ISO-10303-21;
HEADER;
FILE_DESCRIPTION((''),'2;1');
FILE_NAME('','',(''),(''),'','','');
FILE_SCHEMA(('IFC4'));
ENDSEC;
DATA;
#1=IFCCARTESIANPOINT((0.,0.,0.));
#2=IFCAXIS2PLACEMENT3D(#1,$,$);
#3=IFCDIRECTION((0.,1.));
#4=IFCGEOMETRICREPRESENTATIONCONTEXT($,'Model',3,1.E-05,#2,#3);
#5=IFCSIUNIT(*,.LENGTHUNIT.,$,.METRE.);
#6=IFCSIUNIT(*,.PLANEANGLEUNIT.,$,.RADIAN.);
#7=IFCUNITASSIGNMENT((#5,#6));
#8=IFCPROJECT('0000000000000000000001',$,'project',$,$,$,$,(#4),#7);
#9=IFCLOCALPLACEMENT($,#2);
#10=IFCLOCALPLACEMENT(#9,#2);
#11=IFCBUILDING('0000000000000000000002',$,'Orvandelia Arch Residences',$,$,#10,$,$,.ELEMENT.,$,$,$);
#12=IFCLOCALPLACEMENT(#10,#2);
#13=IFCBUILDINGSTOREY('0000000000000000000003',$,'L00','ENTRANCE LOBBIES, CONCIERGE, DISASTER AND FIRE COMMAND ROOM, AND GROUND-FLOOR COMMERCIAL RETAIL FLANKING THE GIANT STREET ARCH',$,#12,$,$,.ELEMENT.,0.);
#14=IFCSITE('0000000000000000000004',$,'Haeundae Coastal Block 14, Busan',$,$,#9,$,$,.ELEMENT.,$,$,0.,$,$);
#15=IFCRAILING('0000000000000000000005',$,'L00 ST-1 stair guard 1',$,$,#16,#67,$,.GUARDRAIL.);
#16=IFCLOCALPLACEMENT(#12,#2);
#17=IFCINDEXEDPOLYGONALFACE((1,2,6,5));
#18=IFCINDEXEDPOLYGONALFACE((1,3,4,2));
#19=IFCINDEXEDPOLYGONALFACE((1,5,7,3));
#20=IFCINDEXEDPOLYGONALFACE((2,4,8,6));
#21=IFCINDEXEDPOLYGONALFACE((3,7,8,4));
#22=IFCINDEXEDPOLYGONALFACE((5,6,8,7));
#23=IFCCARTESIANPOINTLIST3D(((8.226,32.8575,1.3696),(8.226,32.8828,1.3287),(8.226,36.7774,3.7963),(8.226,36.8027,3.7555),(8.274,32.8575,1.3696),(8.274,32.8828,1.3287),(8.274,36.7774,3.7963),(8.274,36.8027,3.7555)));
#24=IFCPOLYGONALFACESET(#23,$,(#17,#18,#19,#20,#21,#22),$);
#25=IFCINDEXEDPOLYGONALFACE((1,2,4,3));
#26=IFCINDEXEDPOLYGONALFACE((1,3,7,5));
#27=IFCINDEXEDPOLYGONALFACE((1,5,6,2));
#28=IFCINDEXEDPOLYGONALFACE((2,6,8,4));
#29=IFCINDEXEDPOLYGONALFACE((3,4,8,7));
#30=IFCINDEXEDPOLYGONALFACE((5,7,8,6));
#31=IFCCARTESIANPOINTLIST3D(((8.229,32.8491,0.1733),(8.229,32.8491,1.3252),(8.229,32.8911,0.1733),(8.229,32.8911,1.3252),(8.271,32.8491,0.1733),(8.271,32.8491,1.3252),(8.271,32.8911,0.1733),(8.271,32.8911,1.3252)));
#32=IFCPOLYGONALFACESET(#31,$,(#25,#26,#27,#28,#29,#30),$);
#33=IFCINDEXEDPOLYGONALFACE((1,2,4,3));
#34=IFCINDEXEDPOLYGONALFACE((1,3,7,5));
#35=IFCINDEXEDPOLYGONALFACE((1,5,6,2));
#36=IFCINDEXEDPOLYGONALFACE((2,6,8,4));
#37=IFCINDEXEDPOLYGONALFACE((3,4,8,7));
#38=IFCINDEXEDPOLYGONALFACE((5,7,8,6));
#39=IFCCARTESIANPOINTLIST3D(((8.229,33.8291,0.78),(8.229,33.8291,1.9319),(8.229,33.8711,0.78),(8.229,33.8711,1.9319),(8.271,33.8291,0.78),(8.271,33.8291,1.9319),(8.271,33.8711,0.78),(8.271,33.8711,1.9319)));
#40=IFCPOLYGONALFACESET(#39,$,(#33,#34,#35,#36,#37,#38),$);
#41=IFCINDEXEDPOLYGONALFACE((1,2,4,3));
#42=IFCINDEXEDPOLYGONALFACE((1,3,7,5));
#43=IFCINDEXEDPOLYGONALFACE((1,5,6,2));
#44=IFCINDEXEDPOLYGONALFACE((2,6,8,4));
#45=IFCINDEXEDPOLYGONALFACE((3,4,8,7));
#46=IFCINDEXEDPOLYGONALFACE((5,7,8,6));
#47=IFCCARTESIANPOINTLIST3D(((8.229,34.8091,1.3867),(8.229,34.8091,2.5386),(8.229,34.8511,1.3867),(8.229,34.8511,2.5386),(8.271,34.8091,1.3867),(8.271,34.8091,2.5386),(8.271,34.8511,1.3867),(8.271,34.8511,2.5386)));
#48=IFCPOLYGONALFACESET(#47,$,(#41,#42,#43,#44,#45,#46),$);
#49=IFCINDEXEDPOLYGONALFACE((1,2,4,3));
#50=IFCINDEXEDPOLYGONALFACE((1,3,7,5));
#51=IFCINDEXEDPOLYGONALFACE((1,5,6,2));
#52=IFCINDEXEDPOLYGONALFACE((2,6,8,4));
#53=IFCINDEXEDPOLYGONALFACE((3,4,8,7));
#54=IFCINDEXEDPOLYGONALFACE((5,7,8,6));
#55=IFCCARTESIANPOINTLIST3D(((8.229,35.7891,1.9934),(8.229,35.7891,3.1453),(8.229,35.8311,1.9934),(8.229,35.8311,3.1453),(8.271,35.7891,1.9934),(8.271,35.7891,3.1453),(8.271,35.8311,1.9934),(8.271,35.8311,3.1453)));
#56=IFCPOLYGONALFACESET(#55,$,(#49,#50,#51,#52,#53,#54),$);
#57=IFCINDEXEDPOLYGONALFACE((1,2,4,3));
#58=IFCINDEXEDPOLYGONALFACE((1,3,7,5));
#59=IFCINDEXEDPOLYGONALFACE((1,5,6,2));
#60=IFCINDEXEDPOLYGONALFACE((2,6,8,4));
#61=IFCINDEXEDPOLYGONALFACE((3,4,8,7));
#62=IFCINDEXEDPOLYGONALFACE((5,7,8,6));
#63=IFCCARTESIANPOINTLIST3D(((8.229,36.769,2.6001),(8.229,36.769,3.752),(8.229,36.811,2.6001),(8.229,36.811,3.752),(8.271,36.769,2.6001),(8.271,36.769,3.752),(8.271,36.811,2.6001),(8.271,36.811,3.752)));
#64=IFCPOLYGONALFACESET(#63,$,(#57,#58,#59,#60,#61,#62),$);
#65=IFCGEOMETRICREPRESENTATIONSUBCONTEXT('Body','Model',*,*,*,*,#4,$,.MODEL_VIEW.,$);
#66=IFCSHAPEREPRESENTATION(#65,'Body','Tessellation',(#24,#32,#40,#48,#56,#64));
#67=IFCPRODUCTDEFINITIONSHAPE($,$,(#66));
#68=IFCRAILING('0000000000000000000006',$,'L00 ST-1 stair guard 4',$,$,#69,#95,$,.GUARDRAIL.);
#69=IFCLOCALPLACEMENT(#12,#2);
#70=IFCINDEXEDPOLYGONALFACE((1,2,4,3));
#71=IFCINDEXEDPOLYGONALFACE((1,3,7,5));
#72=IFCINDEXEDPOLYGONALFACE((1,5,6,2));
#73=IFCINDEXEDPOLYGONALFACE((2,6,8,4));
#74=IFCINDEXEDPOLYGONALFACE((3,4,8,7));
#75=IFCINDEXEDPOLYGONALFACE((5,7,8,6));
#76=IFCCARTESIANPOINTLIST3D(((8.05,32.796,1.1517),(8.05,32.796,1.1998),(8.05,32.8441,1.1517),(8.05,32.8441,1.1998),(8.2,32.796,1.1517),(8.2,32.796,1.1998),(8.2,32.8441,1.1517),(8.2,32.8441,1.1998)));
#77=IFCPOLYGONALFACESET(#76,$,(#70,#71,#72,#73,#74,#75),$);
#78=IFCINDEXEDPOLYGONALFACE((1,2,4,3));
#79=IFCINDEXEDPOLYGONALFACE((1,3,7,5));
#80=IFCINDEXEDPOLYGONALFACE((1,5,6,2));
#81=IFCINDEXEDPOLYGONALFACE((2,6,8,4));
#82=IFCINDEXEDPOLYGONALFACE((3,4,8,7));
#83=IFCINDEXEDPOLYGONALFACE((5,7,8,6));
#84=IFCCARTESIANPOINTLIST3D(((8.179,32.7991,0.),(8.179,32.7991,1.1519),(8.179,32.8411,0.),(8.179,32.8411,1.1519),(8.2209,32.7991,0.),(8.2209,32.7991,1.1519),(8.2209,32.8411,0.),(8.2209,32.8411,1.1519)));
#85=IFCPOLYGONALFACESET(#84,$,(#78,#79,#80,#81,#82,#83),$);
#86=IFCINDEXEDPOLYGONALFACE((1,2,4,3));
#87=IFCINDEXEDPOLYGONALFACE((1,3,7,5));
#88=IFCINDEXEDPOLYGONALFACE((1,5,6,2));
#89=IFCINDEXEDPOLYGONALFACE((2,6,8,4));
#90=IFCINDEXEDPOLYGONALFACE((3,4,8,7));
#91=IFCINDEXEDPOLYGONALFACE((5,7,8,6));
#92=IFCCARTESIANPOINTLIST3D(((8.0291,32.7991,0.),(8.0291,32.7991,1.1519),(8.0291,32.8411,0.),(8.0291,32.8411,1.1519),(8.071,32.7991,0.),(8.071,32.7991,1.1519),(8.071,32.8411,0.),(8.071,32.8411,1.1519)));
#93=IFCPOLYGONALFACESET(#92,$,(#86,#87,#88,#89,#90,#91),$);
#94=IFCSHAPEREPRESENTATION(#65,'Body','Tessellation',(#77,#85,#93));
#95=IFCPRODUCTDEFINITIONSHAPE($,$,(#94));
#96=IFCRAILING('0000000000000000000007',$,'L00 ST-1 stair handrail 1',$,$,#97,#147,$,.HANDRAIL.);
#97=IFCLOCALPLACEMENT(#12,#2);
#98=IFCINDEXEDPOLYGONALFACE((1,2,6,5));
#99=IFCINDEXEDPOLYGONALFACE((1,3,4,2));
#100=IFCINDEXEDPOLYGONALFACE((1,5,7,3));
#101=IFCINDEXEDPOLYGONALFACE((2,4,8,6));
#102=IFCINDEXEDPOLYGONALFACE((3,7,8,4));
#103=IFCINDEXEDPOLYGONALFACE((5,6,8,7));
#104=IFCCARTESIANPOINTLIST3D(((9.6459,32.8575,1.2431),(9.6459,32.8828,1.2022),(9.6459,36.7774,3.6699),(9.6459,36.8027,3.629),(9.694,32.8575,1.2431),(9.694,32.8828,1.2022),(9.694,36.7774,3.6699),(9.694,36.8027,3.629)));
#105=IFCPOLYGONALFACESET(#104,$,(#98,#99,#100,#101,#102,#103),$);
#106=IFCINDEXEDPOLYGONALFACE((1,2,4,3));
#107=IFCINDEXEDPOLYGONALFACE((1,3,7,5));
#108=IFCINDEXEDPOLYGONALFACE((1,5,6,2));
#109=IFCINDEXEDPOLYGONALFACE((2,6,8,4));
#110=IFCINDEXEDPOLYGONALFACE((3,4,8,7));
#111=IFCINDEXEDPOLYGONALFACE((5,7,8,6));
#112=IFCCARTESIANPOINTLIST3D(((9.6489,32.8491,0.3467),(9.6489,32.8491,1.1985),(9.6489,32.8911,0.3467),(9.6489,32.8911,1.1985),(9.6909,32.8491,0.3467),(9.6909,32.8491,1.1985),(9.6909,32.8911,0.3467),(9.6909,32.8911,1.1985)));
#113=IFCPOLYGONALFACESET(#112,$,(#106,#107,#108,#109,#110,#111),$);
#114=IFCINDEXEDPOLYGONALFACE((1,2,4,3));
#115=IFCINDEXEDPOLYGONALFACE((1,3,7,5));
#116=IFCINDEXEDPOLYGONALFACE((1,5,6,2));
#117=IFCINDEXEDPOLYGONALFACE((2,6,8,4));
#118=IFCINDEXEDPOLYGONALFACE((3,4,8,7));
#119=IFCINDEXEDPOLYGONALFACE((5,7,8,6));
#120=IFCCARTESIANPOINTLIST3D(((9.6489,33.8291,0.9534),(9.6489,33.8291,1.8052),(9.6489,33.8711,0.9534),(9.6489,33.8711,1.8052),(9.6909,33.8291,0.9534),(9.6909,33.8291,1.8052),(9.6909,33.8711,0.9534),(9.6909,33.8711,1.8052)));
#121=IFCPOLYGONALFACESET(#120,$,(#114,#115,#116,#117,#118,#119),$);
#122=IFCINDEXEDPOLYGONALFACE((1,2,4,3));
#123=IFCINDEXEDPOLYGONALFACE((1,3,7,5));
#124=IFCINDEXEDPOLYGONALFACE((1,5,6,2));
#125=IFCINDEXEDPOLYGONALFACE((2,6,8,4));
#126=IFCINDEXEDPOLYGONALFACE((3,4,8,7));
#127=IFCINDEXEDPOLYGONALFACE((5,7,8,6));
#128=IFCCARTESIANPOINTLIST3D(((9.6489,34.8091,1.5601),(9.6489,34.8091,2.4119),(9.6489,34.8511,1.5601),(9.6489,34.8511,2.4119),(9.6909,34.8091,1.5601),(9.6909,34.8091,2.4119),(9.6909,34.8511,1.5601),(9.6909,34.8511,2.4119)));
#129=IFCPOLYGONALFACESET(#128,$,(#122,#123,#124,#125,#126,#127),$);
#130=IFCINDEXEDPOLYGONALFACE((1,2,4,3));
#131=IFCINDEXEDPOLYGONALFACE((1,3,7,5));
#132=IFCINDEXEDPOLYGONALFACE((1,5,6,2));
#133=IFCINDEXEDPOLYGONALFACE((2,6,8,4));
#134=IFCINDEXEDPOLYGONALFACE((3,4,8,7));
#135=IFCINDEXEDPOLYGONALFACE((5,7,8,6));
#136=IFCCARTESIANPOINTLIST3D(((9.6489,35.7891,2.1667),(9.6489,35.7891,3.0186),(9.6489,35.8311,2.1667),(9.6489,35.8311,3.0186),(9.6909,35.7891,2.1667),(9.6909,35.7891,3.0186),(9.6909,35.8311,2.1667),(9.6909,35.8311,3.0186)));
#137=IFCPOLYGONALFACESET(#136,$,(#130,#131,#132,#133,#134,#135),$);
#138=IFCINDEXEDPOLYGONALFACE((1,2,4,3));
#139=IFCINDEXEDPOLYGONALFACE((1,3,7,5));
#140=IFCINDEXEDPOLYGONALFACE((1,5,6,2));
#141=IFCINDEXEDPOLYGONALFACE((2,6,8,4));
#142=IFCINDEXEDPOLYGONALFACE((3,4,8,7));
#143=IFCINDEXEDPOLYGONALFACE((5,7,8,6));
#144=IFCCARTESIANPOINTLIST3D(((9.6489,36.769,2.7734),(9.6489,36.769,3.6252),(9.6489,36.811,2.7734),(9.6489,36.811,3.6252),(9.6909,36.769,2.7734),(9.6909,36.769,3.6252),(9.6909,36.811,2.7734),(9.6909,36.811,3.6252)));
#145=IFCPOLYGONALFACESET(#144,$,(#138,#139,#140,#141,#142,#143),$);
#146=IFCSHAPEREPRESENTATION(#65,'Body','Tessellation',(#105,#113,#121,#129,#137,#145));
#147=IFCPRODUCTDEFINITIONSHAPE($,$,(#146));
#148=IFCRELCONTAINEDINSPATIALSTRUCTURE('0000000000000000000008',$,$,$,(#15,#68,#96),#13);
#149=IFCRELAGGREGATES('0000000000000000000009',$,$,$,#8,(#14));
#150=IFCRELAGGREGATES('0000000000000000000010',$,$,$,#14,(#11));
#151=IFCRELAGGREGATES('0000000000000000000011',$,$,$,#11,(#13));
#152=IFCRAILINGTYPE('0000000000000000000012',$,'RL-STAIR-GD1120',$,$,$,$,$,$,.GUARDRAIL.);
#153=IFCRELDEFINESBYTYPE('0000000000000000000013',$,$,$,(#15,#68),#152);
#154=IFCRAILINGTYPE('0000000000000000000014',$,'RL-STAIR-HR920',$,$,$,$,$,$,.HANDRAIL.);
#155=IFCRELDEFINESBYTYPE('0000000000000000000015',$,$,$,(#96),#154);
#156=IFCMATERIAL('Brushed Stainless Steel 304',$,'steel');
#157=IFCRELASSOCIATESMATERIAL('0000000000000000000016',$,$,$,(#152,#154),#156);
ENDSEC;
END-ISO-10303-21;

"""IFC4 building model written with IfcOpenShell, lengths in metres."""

from ifc_helpers import new_model, si_unit, direction, frame, origin, origin_2d, place, context, subcontext, project, spatial, rectangle, extrude, material, type_object, element, save


model = new_model("IFC4")

# Units and contexts
model_context = context("Model", 3, precision=1e-05, world=origin(), true_north=direction((0.0, 1.0)))
body_context = subcontext(model_context, "Body", "Model", "MODEL_VIEW")
ifc_project = project(units=[si_unit("LENGTHUNIT", "METRE"), si_unit("PLANEANGLEUNIT", "RADIAN")], contexts=[model_context])

# Site, building, storey
site_placement = place(None, origin())
site = spatial("IfcSite", under=ifc_project, at=site_placement, Name="Haeundae Coastal Block 14, Busan", CompositionType="ELEMENT", RefElevation=0.0)
building_placement = place(site_placement, origin())
building = spatial("IfcBuilding", under=site, at=building_placement, Name="Orvandelia Arch Residences", CompositionType="ELEMENT")
storey_placement = place(building_placement, origin())
storey = spatial("IfcBuildingStorey", under=building, at=storey_placement, Name="L00", Description="ENTRANCE LOBBIES, CONCIERGE, DISASTER AND FIRE COMMAND ROOM, AND GROUND-FLOOR COMMERCIAL RETAIL FLANKING THE GIANT STREET ARCH", CompositionType="ELEMENT", Elevation=0.0)

# Railings
ifc_material_1 = material(Name="Brushed Stainless Steel 304", Category="steel")
railing_type_1 = type_object("IfcRailingType", Name="RL-STAIR-GD1120", PredefinedType="GUARDRAIL", material=ifc_material_1)
railing_1_placement = place(storey_placement, frame((8.25, 32.8701, 0.1733)))
element("IfcRailing", 1, at=railing_1_placement, inside=storey, type_object=railing_type_1, Name="L00 ST-1 stair guard 1", PredefinedType="GUARDRAIL", context=body_context, shape_type="SweptSolid", body=[
    extrude(rectangle(XDim=0.0481, YDim=0.0481, at=origin_2d()), frame((0.0, 0.0, 1.1758), z_axis=(0.0, 0.850252, 0.526376), x_axis=(-1.0, 0.0, 0.0)), (0.0, 0.0, 1.0), 4.6104),
    extrude(rectangle(XDim=0.042, YDim=0.042, at=origin_2d()), origin(), (0.0, 0.0, 1.0), 1.1519),
    extrude(rectangle(XDim=0.042, YDim=0.042, at=origin_2d()), frame((0.0, 0.98, 0.6067)), (0.0, 0.0, 1.0), 1.1519),
    extrude(rectangle(XDim=0.042, YDim=0.042, at=origin_2d()), frame((0.0, 1.96, 1.2134)), (0.0, 0.0, 1.0), 1.1519),
    extrude(rectangle(XDim=0.042, YDim=0.042, at=origin_2d()), frame((0.0, 2.9399, 1.8201)), (0.0, 0.0, 1.0), 1.1519),
    extrude(rectangle(XDim=0.042, YDim=0.042, at=origin_2d()), frame((0.0, 3.9199, 2.4268)), (0.0, 0.0, 1.0), 1.1519),
])
railing_2_placement = place(storey_placement, frame((8.2, 32.8201, 0.0)))
element("IfcRailing", 2, at=railing_2_placement, inside=storey, type_object=railing_type_1, Name="L00 ST-1 stair guard 4", PredefinedType="GUARDRAIL", context=body_context, shape_type="SweptSolid", body=[
    extrude(rectangle(XDim=0.0481, YDim=0.0481, at=origin_2d()), frame((0.0, 0.0, 1.1758), z_axis=(-1.0, 0.0, 0.0), x_axis=(0.0, -1.0, 0.0)), (0.0, 0.0, 1.0), 0.1499),
    extrude(rectangle(XDim=0.042, YDim=0.042, at=origin_2d()), origin(), (0.0, 0.0, 1.0), 1.1519),
    extrude(rectangle(XDim=0.042, YDim=0.042, at=origin_2d()), frame((-0.1499, 0.0, 0.0)), (0.0, 0.0, 1.0), 1.1519),
])
railing_type_2 = type_object("IfcRailingType", Name="RL-STAIR-HR920", PredefinedType="HANDRAIL", material=ifc_material_1)
railing_3_placement = place(storey_placement, frame((9.6699, 32.8701, 0.3467)))
element("IfcRailing", 3, at=railing_3_placement, inside=storey, type_object=railing_type_2, Name="L00 ST-1 stair handrail 1", PredefinedType="HANDRAIL", context=body_context, shape_type="SweptSolid", body=[
    extrude(rectangle(XDim=0.0481, YDim=0.0481, at=origin_2d()), frame((0.0, 0.0, 0.876), z_axis=(0.0, 0.850252, 0.526376), x_axis=(-1.0, 0.0, 0.0)), (0.0, 0.0, 1.0), 4.6104),
    extrude(rectangle(XDim=0.042, YDim=0.042, at=origin_2d()), origin(), (0.0, 0.0, 1.0), 0.8518),
    extrude(rectangle(XDim=0.042, YDim=0.042, at=origin_2d()), frame((0.0, 0.98, 0.6067)), (0.0, 0.0, 1.0), 0.8518),
    extrude(rectangle(XDim=0.042, YDim=0.042, at=origin_2d()), frame((0.0, 1.96, 1.2134)), (0.0, 0.0, 1.0), 0.8518),
    extrude(rectangle(XDim=0.042, YDim=0.042, at=origin_2d()), frame((0.0, 2.9399, 1.8201)), (0.0, 0.0, 1.0), 0.8518),
    extrude(rectangle(XDim=0.042, YDim=0.042, at=origin_2d()), frame((0.0, 3.9199, 2.4268)), (0.0, 0.0, 1.0), 0.8518),
])

save(model, "model.ifc")
